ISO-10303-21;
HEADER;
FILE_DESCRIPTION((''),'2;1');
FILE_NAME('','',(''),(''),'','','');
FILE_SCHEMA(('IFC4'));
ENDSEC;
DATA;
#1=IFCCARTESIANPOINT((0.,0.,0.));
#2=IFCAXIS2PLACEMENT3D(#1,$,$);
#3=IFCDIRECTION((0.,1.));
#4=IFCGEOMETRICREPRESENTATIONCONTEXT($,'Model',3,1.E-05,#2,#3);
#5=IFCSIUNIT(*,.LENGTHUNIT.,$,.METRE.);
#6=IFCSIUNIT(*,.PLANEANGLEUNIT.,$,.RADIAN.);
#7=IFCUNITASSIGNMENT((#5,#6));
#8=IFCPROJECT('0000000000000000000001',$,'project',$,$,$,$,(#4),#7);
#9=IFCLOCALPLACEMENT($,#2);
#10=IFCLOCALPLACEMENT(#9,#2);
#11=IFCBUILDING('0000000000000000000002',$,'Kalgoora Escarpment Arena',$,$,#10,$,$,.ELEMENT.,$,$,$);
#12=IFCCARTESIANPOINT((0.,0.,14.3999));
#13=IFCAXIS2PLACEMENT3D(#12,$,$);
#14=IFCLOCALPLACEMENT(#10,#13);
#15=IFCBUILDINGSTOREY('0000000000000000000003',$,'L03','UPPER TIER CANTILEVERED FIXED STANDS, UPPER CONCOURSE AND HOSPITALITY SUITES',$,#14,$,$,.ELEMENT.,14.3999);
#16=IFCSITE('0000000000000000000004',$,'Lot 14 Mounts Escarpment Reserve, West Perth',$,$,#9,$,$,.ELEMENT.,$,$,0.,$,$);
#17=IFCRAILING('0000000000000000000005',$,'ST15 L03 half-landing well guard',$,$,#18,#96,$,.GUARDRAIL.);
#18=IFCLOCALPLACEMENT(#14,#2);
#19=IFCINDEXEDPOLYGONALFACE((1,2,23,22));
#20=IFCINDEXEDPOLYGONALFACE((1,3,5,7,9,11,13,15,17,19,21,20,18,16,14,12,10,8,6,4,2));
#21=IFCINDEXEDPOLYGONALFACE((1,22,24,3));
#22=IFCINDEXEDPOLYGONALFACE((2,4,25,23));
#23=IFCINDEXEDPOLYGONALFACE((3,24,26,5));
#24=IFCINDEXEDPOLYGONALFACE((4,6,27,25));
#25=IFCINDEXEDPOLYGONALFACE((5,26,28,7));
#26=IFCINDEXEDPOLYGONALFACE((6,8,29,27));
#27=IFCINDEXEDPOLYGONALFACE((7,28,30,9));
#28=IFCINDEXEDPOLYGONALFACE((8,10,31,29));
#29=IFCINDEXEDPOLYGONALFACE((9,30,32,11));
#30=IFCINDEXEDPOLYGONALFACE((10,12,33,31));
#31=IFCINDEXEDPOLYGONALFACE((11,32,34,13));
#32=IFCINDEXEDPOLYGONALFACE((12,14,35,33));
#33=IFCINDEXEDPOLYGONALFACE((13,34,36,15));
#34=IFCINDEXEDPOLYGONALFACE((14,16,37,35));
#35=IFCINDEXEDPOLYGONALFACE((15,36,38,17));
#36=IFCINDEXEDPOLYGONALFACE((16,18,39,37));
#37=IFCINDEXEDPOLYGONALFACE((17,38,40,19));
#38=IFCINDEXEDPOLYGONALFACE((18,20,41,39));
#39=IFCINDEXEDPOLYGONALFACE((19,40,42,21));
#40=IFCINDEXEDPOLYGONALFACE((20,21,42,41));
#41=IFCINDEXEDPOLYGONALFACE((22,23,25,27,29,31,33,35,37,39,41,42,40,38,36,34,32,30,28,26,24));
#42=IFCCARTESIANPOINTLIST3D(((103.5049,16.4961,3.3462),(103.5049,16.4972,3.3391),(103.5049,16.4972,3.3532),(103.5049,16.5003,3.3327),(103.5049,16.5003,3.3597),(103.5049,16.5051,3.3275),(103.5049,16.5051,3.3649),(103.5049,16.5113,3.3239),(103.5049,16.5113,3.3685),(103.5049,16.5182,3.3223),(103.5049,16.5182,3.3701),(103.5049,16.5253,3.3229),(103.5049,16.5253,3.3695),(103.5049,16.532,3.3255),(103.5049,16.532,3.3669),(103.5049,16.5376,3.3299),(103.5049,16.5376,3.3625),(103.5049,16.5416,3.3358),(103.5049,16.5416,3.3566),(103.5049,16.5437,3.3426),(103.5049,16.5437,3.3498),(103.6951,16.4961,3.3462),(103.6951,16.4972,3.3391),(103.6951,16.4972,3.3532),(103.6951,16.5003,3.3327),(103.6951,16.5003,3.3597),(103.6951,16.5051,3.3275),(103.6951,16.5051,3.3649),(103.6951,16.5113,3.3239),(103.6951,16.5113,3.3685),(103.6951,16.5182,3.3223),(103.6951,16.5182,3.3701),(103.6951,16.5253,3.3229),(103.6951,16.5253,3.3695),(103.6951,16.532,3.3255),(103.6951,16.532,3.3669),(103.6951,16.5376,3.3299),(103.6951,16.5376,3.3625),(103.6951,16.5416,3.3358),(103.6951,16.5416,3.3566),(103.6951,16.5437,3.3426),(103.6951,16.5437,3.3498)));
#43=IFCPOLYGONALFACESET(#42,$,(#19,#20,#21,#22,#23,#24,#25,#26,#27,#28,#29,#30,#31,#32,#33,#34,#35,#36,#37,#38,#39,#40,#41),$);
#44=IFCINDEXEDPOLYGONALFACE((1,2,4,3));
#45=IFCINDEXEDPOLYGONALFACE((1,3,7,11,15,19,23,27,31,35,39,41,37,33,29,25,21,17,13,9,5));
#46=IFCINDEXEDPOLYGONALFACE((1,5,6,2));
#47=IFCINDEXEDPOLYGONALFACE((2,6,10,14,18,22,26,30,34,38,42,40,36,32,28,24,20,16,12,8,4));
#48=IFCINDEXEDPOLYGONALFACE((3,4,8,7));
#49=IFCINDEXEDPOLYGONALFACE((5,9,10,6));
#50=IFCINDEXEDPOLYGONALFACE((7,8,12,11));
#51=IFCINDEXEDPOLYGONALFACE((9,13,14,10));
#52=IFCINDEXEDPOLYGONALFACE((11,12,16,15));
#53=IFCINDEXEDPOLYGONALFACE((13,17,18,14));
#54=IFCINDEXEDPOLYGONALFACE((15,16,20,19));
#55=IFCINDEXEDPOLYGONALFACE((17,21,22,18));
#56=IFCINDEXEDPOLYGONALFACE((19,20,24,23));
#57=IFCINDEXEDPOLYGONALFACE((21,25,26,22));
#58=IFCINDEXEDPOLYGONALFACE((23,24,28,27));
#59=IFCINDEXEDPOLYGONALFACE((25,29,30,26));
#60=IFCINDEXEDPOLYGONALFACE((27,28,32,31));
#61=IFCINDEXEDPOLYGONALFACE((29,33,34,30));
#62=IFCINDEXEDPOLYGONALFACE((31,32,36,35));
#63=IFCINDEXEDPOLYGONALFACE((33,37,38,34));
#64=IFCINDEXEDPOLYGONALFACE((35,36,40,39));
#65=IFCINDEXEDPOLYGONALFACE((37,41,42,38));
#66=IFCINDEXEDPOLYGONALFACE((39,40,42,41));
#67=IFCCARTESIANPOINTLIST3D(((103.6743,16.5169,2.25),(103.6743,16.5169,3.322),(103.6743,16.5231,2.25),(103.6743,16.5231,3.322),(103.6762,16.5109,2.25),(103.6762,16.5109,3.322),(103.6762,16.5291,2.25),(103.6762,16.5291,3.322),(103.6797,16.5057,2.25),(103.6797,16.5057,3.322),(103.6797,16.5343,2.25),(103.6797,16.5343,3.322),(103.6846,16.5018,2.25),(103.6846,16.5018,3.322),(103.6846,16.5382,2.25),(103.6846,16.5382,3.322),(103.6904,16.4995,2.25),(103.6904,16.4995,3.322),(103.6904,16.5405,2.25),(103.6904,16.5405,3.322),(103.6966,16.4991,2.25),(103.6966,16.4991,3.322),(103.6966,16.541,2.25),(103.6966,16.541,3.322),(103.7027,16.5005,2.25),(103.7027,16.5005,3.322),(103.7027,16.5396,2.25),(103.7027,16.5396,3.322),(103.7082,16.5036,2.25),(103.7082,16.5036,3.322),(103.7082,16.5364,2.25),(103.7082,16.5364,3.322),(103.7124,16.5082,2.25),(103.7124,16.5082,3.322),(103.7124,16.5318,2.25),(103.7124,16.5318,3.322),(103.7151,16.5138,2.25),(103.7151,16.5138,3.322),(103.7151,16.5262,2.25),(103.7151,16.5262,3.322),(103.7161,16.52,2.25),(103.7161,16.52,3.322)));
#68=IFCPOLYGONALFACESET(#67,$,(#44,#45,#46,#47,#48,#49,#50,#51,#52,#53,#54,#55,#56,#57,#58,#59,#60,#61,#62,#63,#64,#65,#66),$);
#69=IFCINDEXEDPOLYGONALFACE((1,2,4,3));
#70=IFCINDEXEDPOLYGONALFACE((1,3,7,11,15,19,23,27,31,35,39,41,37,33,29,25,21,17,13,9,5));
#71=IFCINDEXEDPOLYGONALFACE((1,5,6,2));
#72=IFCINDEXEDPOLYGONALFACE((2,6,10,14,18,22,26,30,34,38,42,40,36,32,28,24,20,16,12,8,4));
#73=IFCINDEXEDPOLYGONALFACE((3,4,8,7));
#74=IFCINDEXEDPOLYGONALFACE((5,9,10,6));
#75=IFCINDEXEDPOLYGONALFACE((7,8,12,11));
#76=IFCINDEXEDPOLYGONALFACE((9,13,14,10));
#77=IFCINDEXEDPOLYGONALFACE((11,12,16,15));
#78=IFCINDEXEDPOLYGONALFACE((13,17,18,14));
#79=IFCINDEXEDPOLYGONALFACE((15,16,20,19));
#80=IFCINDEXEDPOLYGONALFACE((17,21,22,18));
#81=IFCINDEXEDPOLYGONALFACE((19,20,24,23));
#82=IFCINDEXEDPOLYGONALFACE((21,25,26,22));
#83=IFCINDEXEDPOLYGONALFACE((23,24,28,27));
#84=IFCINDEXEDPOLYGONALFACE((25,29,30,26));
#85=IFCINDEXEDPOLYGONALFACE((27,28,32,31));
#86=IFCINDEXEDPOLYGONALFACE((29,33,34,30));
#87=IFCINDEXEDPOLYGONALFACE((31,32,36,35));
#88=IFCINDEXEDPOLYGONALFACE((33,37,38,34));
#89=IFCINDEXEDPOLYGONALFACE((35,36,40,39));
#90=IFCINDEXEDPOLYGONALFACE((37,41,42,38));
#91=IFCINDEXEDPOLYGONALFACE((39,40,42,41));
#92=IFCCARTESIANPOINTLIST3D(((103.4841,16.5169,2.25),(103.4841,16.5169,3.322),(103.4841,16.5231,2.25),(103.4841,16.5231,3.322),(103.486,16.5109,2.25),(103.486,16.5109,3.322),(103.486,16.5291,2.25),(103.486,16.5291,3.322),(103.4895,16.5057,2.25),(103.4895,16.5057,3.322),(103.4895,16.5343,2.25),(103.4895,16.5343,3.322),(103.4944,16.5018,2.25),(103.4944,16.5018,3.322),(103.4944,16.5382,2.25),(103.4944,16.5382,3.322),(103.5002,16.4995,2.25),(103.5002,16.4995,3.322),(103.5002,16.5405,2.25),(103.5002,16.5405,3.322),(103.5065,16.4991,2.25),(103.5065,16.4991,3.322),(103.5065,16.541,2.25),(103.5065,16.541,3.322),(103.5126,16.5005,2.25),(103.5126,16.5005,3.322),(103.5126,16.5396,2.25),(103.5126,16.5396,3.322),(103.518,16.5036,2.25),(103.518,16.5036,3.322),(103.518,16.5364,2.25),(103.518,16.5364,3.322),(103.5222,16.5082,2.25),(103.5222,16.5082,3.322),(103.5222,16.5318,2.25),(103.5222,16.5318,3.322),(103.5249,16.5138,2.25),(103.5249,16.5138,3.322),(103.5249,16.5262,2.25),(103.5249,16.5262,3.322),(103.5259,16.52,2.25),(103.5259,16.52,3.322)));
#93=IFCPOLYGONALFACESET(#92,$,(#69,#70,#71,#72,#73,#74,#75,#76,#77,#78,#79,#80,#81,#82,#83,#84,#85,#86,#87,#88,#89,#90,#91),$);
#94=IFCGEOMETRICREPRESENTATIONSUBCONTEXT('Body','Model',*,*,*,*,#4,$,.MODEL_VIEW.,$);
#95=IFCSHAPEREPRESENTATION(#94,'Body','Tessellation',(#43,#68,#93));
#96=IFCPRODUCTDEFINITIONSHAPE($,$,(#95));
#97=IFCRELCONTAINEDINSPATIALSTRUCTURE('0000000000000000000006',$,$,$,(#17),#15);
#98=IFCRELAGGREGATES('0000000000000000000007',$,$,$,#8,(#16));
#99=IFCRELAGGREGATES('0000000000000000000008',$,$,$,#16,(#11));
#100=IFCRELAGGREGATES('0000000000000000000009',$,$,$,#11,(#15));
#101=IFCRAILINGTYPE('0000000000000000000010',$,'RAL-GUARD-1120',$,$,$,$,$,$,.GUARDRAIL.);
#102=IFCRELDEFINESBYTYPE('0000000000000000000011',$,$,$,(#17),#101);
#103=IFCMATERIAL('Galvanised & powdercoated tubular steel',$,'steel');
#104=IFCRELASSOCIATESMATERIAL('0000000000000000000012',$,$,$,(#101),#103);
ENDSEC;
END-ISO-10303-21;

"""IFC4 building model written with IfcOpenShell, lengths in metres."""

from ifc_helpers import new_model, si_unit, direction, frame, origin, origin_2d, place, context, subcontext, project, spatial, circle, extrude, material, type_object, element, save


model = new_model("IFC4")

# Units and contexts
model_context = context("Model", 3, precision=1e-05, world=origin(), true_north=direction((0.0, 1.0)))
body_context = subcontext(model_context, "Body", "Model", "MODEL_VIEW")
ifc_project = project(units=[si_unit("LENGTHUNIT", "METRE"), si_unit("PLANEANGLEUNIT", "RADIAN")], contexts=[model_context])

# Site, building, storey
site_placement = place(None, origin())
site = spatial("IfcSite", under=ifc_project, at=site_placement, Name="Lot 14 Mounts Escarpment Reserve, West Perth", CompositionType="ELEMENT", RefElevation=0.0)
building_placement = place(site_placement, origin())
building = spatial("IfcBuilding", under=site, at=building_placement, Name="Kalgoora Escarpment Arena", CompositionType="ELEMENT")
storey_placement = place(building_placement, frame((0.0, 0.0, 14.3999)))
storey = spatial("IfcBuildingStorey", under=building, at=storey_placement, Name="L03", Description="UPPER TIER CANTILEVERED FIXED STANDS, UPPER CONCOURSE AND HOSPITALITY SUITES", CompositionType="ELEMENT", Elevation=14.3999)

# Railing
ifc_material_1 = material(Name="Galvanised & powdercoated tubular steel", Category="steel")
railing_type_1 = type_object("IfcRailingType", Name="RAL-GUARD-1120", PredefinedType="GUARDRAIL", material=ifc_material_1)
railing_1_placement = place(storey_placement, frame((103.6951, 16.52, 2.25)))
element("IfcRailing", 1, at=railing_1_placement, inside=storey, type_object=railing_type_1, Name="ST15 L03 half-landing well guard", PredefinedType="GUARDRAIL", context=body_context, shape_type="SweptSolid", body=[
    extrude(circle(Radius=0.0239, at=origin_2d()), frame((0.0, 0.0, 1.0962), z_axis=(-1.0, 0.0, 0.0), x_axis=(0.0, -1.0, 0.0)), (0.0, 0.0, 1.0), 0.1902),
    extrude(circle(Radius=0.021, at=origin_2d()), origin(), (0.0, 0.0, 1.0), 1.072),
    extrude(circle(Radius=0.021, at=origin_2d()), frame((-0.1902, 0.0, 0.0)), (0.0, 0.0, 1.0), 1.072),
])

save(model, "model.ifc")
